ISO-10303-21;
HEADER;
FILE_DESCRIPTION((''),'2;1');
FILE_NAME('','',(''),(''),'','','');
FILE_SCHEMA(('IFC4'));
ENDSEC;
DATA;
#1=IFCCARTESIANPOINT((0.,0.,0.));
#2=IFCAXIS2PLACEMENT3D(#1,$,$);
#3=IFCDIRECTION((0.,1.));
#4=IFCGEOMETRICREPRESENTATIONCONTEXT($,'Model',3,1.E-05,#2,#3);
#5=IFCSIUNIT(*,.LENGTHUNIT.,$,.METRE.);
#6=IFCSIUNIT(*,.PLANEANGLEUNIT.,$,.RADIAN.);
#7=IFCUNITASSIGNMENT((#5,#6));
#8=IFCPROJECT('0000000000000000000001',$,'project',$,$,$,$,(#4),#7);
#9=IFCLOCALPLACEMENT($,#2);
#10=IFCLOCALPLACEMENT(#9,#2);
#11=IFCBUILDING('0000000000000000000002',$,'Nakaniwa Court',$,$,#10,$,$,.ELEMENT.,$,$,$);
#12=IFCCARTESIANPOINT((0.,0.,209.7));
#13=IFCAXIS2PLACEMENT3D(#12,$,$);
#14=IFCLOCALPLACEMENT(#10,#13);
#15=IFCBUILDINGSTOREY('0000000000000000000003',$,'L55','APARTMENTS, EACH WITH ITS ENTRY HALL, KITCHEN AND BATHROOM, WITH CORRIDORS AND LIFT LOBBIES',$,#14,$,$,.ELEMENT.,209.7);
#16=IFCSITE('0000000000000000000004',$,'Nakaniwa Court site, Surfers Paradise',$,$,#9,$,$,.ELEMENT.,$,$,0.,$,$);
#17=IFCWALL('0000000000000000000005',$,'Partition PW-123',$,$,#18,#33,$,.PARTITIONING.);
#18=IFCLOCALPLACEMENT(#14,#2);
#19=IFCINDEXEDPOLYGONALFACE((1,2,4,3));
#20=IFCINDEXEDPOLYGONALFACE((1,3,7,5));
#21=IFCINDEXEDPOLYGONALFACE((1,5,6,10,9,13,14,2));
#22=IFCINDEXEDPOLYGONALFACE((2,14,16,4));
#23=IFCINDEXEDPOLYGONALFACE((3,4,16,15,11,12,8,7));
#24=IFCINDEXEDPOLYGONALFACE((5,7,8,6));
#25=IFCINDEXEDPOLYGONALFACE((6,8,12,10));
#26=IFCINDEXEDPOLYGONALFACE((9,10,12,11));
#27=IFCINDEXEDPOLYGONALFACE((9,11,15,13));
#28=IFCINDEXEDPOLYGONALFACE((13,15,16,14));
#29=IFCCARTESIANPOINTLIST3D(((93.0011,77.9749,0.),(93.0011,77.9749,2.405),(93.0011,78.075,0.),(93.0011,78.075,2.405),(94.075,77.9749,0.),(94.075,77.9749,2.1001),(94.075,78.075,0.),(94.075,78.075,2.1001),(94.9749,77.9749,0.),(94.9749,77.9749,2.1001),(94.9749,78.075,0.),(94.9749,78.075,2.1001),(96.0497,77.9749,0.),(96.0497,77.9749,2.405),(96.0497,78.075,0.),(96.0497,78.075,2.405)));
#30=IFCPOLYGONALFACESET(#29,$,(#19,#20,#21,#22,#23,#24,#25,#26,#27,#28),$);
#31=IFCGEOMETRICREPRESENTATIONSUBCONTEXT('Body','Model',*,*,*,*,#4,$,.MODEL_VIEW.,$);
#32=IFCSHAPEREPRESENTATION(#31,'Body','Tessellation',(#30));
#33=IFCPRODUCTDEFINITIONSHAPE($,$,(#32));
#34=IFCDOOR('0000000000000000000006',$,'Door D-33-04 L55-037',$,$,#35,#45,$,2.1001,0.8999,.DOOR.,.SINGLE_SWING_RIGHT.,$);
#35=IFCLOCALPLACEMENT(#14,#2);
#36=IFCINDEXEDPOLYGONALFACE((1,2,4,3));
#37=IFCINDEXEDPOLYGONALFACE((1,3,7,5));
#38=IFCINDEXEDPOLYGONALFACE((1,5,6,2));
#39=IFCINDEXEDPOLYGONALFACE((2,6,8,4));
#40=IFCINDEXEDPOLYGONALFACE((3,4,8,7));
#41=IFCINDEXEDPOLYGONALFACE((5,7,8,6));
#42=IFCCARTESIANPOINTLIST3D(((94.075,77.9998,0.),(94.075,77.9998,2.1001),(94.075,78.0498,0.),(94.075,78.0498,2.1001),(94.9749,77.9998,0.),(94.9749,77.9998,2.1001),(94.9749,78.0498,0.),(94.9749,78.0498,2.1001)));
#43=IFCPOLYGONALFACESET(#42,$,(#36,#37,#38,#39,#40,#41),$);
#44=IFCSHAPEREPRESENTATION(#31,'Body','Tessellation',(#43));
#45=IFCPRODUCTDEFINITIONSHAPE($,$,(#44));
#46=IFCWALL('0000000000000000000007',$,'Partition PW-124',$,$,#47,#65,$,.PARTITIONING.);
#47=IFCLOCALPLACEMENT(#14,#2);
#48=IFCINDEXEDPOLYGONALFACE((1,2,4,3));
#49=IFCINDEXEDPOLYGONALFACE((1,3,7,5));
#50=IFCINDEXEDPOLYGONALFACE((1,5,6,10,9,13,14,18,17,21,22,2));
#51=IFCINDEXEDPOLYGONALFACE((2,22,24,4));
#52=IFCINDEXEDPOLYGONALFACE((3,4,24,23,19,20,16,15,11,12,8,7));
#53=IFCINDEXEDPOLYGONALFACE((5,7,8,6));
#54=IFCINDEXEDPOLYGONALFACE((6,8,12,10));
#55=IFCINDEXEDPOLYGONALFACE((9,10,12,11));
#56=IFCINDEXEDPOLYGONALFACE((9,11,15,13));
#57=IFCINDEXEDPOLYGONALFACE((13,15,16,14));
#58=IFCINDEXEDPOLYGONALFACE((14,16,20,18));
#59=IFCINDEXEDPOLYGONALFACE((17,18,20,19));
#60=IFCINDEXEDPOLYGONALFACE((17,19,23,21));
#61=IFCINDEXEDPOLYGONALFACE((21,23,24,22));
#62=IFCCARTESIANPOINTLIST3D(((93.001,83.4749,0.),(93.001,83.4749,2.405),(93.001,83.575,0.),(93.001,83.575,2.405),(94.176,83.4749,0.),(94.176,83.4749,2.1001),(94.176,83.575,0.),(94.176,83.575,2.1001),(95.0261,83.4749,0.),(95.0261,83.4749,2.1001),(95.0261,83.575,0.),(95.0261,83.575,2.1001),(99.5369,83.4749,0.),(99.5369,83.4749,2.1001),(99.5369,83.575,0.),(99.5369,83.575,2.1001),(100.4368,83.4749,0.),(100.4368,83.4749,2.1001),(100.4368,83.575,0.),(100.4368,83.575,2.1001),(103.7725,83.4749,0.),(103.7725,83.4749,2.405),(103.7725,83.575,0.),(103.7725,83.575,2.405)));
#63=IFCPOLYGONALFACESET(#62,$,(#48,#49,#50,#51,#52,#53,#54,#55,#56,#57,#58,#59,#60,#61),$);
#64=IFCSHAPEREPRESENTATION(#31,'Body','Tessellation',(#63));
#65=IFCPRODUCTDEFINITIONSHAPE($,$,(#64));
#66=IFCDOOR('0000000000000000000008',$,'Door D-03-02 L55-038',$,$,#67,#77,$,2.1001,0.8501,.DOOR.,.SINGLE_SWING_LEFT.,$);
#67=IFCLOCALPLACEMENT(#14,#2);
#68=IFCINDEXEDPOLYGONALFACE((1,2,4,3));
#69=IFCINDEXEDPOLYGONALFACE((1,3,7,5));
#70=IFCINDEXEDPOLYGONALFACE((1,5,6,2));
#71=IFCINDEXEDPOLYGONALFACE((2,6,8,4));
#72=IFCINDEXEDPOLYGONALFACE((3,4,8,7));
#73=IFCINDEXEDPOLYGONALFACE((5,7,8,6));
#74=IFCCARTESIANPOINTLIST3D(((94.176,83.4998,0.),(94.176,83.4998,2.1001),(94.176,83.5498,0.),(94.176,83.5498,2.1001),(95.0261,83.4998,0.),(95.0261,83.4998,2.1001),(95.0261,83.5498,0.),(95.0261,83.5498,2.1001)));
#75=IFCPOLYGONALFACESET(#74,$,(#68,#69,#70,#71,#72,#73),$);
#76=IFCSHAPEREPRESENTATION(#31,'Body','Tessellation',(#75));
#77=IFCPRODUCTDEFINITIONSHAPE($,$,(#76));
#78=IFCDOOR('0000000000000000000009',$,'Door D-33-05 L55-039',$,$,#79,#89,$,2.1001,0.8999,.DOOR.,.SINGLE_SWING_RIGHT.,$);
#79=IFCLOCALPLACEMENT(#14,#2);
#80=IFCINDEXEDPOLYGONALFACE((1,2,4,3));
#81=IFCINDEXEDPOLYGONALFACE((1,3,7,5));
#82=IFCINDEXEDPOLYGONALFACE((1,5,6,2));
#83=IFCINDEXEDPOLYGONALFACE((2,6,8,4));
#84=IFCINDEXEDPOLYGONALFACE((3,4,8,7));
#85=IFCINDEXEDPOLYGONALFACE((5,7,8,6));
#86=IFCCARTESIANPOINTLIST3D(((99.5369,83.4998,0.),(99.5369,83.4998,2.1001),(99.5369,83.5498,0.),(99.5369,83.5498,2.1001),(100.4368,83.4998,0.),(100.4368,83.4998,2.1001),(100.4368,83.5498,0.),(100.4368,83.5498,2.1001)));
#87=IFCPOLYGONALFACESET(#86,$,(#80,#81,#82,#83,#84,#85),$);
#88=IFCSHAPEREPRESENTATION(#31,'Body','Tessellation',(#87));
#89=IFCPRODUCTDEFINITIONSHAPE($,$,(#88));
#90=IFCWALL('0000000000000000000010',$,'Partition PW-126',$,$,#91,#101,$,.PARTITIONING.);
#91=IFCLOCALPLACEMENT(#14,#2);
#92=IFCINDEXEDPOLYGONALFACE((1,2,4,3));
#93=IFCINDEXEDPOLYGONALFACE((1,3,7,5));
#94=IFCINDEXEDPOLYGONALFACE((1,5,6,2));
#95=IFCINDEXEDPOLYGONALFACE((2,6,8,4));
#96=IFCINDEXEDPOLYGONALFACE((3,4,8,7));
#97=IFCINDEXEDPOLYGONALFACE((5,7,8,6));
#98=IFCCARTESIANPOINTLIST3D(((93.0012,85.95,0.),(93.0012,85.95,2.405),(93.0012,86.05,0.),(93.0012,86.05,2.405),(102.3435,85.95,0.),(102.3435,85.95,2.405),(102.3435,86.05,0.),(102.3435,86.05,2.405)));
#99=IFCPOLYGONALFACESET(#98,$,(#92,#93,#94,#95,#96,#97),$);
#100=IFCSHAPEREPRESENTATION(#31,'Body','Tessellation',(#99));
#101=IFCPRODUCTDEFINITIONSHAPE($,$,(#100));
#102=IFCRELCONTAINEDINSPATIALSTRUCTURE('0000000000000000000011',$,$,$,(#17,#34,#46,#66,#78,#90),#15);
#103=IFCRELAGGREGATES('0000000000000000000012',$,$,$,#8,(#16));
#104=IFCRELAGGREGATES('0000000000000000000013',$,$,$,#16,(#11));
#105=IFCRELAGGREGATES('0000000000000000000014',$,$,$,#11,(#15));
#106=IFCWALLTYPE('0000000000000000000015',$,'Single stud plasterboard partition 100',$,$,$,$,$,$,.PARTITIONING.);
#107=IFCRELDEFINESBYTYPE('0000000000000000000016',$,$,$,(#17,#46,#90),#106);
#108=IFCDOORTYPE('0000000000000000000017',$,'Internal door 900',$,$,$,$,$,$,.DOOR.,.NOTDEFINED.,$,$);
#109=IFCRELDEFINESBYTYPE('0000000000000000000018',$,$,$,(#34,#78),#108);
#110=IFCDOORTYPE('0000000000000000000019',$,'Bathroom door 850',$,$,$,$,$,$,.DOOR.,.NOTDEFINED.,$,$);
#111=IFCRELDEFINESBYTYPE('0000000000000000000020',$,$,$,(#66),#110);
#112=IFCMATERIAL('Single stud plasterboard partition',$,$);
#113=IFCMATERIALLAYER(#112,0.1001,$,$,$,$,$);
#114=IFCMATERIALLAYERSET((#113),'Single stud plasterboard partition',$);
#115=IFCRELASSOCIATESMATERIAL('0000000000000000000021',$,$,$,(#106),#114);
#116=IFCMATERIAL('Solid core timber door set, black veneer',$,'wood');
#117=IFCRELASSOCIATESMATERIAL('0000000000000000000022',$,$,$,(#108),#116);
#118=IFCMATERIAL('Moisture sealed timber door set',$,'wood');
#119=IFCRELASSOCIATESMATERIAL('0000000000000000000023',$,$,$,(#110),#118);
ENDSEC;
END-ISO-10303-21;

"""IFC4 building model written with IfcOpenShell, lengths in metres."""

from ifc_helpers import new_model, si_unit, direction, frame, frame_2d, origin, place, context, subcontext, project, spatial, rectangle, extrude, material, layer, layer_set, type_object, element, fill, save


model = new_model("IFC4")

# Units and contexts
model_context = context("Model", 3, precision=1e-05, world=origin(), true_north=direction((0.0, 1.0)))
body_context = subcontext(model_context, "Body", "Model", "MODEL_VIEW")
ifc_project = project(units=[si_unit("LENGTHUNIT", "METRE"), si_unit("PLANEANGLEUNIT", "RADIAN")], contexts=[model_context])

# Site, building, storey
site_placement = place(None, origin())
site = spatial("IfcSite", under=ifc_project, at=site_placement, Name="Nakaniwa Court site, Surfers Paradise", CompositionType="ELEMENT", RefElevation=0.0)
building_placement = place(site_placement, origin())
building = spatial("IfcBuilding", under=site, at=building_placement, Name="Nakaniwa Court", CompositionType="ELEMENT")
storey_placement = place(building_placement, frame((0.0, 0.0, 209.7)))
storey = spatial("IfcBuildingStorey", under=building, at=storey_placement, Name="L55", Description="APARTMENTS, EACH WITH ITS ENTRY HALL, KITCHEN AND BATHROOM, WITH CORRIDORS AND LIFT LOBBIES", CompositionType="ELEMENT", Elevation=209.7)

# Shared definitions
ifc_material_1 = material(Name="Solid core timber door set, black veneer", Category="wood")

# Wall, opening, door
ifc_material_2 = material(Name="Single stud plasterboard partition")
ifc_layer_1 = layer(ifc_material_2, 0.1001)
ifc_layer_set_1 = layer_set([ifc_layer_1], Name="Single stud plasterboard partition")
wall_type_1 = type_object("IfcWallType", Name="Single stud plasterboard partition 100", PredefinedType="PARTITIONING", material=ifc_layer_set_1)
wall_1_placement = place(storey_placement, frame((93.001, 78.0249, 0.0), z_axis=(0.0, 0.0, 1.0), x_axis=(1.0, 0.0, 0.0)))
wall_1 = element("IfcWall", 1, at=wall_1_placement, inside=storey, type_object=wall_type_1, Name="Partition PW-123", PredefinedType="PARTITIONING", context=body_context, shape_type="SweptSolid", body=[
    extrude(rectangle(XDim=3.0486, YDim=0.1001, at=frame_2d((1.5244, 0.0))), origin(), (0.0, 0.0, 1.0), 2.405),
])
opening_1_placement = place(wall_1_placement, frame((1.074, 0.0, 0.0)))
opening_1 = element("IfcOpeningElement", 2, at=opening_1_placement, cuts=wall_1, PredefinedType="OPENING", context=body_context, shape_type="SweptSolid", body=[
    extrude(rectangle(XDim=0.8999, YDim=2.1001, at=frame_2d((0.45, 1.05))), frame((0.0, 0.0601, 0.0), z_axis=(0.0, -1.0, 0.0), x_axis=(1.0, 0.0, 0.0)), (0.0, 0.0, 1.0), 0.1201),
])
door_type_1 = type_object("IfcDoorType", Name="Internal door 900", OperationType="NOTDEFINED", PredefinedType="DOOR", material=ifc_material_1)
door_1_placement = place(opening_1_placement, origin())
door_1 = element("IfcDoor", 3, at=door_1_placement, inside=storey, type_object=door_type_1, Name="Door D-33-04 L55-037", OperationType="SINGLE_SWING_RIGHT", OverallHeight=2.1001, OverallWidth=0.8999, PredefinedType="DOOR", context=body_context, shape_type="SweptSolid", body=[
    extrude(rectangle(XDim=0.8999, YDim=2.1001, at=frame_2d((0.45, 1.05))), frame((0.0, 0.0249, 0.0), z_axis=(0.0, -1.0, 0.0), x_axis=(1.0, 0.0, 0.0)), (0.0, 0.0, 1.0), 0.05),
])
fill(opening_1, door_1)

# Wall, openings, doors
wall_2_placement = place(storey_placement, frame((93.001, 83.5249, 0.0), z_axis=(0.0, 0.0, 1.0), x_axis=(1.0, 0.0, 0.0)))
wall_2 = element("IfcWall", 4, at=wall_2_placement, inside=storey, type_object=wall_type_1, Name="Partition PW-124", PredefinedType="PARTITIONING", context=body_context, shape_type="SweptSolid", body=[
    extrude(rectangle(XDim=10.7715, YDim=0.1001, at=frame_2d((5.3857, 0.0))), origin(), (0.0, 0.0, 1.0), 2.405),
])
opening_2_placement = place(wall_2_placement, frame((1.175, 0.0, 0.0)))
opening_2 = element("IfcOpeningElement", 5, at=opening_2_placement, cuts=wall_2, PredefinedType="OPENING", context=body_context, shape_type="SweptSolid", body=[
    extrude(rectangle(XDim=0.8501, YDim=2.1001, at=frame_2d((0.425, 1.05))), frame((0.0, 0.0601, 0.0), z_axis=(0.0, -1.0, 0.0), x_axis=(1.0, 0.0, 0.0)), (0.0, 0.0, 1.0), 0.1201),
])
opening_3_placement = place(wall_2_placement, frame((6.5359, 0.0, 0.0)))
opening_3 = element("IfcOpeningElement", 6, at=opening_3_placement, cuts=wall_2, PredefinedType="OPENING", context=body_context, shape_type="SweptSolid", body=[
    extrude(rectangle(XDim=0.8999, YDim=2.1001, at=frame_2d((0.45, 1.05))), frame((0.0, 0.0601, 0.0), z_axis=(0.0, -1.0, 0.0), x_axis=(1.0, 0.0, 0.0)), (0.0, 0.0, 1.0), 0.1201),
])
ifc_material_3 = material(Name="Moisture sealed timber door set", Category="wood")
door_type_2 = type_object("IfcDoorType", Name="Bathroom door 850", OperationType="NOTDEFINED", PredefinedType="DOOR", material=ifc_material_3)
door_2_placement = place(opening_2_placement, origin())
door_2 = element("IfcDoor", 7, at=door_2_placement, inside=storey, type_object=door_type_2, Name="Door D-03-02 L55-038", OperationType="SINGLE_SWING_LEFT", OverallHeight=2.1001, OverallWidth=0.8501, PredefinedType="DOOR", context=body_context, shape_type="SweptSolid", body=[
    extrude(rectangle(XDim=0.8501, YDim=2.1001, at=frame_2d((0.425, 1.05))), frame((0.0, 0.0249, 0.0), z_axis=(0.0, -1.0, 0.0), x_axis=(1.0, 0.0, 0.0)), (0.0, 0.0, 1.0), 0.05),
])
fill(opening_2, door_2)
door_3_placement = place(opening_3_placement, origin())
door_3 = element("IfcDoor", 8, at=door_3_placement, inside=storey, type_object=door_type_1, Name="Door D-33-05 L55-039", OperationType="SINGLE_SWING_RIGHT", OverallHeight=2.1001, OverallWidth=0.8999, PredefinedType="DOOR", context=body_context, shape_type="SweptSolid", body=[
    extrude(rectangle(XDim=0.8999, YDim=2.1001, at=frame_2d((0.45, 1.05))), frame((0.0, 0.0249, 0.0), z_axis=(0.0, -1.0, 0.0), x_axis=(1.0, 0.0, 0.0)), (0.0, 0.0, 1.0), 0.05),
])
fill(opening_3, door_3)

# Wall
wall_3_placement = place(storey_placement, frame((93.0012, 86.0, 0.0), z_axis=(0.0, 0.0, 1.0), x_axis=(1.0, 0.0, 0.0)))
element("IfcWall", 9, at=wall_3_placement, inside=storey, type_object=wall_type_1, Name="Partition PW-126", PredefinedType="PARTITIONING", context=body_context, shape_type="SweptSolid", body=[
    extrude(rectangle(XDim=9.3423, YDim=0.1001, at=frame_2d((4.6711, 0.0))), origin(), (0.0, 0.0, 1.0), 2.405),
])

save(model, "model.ifc")
